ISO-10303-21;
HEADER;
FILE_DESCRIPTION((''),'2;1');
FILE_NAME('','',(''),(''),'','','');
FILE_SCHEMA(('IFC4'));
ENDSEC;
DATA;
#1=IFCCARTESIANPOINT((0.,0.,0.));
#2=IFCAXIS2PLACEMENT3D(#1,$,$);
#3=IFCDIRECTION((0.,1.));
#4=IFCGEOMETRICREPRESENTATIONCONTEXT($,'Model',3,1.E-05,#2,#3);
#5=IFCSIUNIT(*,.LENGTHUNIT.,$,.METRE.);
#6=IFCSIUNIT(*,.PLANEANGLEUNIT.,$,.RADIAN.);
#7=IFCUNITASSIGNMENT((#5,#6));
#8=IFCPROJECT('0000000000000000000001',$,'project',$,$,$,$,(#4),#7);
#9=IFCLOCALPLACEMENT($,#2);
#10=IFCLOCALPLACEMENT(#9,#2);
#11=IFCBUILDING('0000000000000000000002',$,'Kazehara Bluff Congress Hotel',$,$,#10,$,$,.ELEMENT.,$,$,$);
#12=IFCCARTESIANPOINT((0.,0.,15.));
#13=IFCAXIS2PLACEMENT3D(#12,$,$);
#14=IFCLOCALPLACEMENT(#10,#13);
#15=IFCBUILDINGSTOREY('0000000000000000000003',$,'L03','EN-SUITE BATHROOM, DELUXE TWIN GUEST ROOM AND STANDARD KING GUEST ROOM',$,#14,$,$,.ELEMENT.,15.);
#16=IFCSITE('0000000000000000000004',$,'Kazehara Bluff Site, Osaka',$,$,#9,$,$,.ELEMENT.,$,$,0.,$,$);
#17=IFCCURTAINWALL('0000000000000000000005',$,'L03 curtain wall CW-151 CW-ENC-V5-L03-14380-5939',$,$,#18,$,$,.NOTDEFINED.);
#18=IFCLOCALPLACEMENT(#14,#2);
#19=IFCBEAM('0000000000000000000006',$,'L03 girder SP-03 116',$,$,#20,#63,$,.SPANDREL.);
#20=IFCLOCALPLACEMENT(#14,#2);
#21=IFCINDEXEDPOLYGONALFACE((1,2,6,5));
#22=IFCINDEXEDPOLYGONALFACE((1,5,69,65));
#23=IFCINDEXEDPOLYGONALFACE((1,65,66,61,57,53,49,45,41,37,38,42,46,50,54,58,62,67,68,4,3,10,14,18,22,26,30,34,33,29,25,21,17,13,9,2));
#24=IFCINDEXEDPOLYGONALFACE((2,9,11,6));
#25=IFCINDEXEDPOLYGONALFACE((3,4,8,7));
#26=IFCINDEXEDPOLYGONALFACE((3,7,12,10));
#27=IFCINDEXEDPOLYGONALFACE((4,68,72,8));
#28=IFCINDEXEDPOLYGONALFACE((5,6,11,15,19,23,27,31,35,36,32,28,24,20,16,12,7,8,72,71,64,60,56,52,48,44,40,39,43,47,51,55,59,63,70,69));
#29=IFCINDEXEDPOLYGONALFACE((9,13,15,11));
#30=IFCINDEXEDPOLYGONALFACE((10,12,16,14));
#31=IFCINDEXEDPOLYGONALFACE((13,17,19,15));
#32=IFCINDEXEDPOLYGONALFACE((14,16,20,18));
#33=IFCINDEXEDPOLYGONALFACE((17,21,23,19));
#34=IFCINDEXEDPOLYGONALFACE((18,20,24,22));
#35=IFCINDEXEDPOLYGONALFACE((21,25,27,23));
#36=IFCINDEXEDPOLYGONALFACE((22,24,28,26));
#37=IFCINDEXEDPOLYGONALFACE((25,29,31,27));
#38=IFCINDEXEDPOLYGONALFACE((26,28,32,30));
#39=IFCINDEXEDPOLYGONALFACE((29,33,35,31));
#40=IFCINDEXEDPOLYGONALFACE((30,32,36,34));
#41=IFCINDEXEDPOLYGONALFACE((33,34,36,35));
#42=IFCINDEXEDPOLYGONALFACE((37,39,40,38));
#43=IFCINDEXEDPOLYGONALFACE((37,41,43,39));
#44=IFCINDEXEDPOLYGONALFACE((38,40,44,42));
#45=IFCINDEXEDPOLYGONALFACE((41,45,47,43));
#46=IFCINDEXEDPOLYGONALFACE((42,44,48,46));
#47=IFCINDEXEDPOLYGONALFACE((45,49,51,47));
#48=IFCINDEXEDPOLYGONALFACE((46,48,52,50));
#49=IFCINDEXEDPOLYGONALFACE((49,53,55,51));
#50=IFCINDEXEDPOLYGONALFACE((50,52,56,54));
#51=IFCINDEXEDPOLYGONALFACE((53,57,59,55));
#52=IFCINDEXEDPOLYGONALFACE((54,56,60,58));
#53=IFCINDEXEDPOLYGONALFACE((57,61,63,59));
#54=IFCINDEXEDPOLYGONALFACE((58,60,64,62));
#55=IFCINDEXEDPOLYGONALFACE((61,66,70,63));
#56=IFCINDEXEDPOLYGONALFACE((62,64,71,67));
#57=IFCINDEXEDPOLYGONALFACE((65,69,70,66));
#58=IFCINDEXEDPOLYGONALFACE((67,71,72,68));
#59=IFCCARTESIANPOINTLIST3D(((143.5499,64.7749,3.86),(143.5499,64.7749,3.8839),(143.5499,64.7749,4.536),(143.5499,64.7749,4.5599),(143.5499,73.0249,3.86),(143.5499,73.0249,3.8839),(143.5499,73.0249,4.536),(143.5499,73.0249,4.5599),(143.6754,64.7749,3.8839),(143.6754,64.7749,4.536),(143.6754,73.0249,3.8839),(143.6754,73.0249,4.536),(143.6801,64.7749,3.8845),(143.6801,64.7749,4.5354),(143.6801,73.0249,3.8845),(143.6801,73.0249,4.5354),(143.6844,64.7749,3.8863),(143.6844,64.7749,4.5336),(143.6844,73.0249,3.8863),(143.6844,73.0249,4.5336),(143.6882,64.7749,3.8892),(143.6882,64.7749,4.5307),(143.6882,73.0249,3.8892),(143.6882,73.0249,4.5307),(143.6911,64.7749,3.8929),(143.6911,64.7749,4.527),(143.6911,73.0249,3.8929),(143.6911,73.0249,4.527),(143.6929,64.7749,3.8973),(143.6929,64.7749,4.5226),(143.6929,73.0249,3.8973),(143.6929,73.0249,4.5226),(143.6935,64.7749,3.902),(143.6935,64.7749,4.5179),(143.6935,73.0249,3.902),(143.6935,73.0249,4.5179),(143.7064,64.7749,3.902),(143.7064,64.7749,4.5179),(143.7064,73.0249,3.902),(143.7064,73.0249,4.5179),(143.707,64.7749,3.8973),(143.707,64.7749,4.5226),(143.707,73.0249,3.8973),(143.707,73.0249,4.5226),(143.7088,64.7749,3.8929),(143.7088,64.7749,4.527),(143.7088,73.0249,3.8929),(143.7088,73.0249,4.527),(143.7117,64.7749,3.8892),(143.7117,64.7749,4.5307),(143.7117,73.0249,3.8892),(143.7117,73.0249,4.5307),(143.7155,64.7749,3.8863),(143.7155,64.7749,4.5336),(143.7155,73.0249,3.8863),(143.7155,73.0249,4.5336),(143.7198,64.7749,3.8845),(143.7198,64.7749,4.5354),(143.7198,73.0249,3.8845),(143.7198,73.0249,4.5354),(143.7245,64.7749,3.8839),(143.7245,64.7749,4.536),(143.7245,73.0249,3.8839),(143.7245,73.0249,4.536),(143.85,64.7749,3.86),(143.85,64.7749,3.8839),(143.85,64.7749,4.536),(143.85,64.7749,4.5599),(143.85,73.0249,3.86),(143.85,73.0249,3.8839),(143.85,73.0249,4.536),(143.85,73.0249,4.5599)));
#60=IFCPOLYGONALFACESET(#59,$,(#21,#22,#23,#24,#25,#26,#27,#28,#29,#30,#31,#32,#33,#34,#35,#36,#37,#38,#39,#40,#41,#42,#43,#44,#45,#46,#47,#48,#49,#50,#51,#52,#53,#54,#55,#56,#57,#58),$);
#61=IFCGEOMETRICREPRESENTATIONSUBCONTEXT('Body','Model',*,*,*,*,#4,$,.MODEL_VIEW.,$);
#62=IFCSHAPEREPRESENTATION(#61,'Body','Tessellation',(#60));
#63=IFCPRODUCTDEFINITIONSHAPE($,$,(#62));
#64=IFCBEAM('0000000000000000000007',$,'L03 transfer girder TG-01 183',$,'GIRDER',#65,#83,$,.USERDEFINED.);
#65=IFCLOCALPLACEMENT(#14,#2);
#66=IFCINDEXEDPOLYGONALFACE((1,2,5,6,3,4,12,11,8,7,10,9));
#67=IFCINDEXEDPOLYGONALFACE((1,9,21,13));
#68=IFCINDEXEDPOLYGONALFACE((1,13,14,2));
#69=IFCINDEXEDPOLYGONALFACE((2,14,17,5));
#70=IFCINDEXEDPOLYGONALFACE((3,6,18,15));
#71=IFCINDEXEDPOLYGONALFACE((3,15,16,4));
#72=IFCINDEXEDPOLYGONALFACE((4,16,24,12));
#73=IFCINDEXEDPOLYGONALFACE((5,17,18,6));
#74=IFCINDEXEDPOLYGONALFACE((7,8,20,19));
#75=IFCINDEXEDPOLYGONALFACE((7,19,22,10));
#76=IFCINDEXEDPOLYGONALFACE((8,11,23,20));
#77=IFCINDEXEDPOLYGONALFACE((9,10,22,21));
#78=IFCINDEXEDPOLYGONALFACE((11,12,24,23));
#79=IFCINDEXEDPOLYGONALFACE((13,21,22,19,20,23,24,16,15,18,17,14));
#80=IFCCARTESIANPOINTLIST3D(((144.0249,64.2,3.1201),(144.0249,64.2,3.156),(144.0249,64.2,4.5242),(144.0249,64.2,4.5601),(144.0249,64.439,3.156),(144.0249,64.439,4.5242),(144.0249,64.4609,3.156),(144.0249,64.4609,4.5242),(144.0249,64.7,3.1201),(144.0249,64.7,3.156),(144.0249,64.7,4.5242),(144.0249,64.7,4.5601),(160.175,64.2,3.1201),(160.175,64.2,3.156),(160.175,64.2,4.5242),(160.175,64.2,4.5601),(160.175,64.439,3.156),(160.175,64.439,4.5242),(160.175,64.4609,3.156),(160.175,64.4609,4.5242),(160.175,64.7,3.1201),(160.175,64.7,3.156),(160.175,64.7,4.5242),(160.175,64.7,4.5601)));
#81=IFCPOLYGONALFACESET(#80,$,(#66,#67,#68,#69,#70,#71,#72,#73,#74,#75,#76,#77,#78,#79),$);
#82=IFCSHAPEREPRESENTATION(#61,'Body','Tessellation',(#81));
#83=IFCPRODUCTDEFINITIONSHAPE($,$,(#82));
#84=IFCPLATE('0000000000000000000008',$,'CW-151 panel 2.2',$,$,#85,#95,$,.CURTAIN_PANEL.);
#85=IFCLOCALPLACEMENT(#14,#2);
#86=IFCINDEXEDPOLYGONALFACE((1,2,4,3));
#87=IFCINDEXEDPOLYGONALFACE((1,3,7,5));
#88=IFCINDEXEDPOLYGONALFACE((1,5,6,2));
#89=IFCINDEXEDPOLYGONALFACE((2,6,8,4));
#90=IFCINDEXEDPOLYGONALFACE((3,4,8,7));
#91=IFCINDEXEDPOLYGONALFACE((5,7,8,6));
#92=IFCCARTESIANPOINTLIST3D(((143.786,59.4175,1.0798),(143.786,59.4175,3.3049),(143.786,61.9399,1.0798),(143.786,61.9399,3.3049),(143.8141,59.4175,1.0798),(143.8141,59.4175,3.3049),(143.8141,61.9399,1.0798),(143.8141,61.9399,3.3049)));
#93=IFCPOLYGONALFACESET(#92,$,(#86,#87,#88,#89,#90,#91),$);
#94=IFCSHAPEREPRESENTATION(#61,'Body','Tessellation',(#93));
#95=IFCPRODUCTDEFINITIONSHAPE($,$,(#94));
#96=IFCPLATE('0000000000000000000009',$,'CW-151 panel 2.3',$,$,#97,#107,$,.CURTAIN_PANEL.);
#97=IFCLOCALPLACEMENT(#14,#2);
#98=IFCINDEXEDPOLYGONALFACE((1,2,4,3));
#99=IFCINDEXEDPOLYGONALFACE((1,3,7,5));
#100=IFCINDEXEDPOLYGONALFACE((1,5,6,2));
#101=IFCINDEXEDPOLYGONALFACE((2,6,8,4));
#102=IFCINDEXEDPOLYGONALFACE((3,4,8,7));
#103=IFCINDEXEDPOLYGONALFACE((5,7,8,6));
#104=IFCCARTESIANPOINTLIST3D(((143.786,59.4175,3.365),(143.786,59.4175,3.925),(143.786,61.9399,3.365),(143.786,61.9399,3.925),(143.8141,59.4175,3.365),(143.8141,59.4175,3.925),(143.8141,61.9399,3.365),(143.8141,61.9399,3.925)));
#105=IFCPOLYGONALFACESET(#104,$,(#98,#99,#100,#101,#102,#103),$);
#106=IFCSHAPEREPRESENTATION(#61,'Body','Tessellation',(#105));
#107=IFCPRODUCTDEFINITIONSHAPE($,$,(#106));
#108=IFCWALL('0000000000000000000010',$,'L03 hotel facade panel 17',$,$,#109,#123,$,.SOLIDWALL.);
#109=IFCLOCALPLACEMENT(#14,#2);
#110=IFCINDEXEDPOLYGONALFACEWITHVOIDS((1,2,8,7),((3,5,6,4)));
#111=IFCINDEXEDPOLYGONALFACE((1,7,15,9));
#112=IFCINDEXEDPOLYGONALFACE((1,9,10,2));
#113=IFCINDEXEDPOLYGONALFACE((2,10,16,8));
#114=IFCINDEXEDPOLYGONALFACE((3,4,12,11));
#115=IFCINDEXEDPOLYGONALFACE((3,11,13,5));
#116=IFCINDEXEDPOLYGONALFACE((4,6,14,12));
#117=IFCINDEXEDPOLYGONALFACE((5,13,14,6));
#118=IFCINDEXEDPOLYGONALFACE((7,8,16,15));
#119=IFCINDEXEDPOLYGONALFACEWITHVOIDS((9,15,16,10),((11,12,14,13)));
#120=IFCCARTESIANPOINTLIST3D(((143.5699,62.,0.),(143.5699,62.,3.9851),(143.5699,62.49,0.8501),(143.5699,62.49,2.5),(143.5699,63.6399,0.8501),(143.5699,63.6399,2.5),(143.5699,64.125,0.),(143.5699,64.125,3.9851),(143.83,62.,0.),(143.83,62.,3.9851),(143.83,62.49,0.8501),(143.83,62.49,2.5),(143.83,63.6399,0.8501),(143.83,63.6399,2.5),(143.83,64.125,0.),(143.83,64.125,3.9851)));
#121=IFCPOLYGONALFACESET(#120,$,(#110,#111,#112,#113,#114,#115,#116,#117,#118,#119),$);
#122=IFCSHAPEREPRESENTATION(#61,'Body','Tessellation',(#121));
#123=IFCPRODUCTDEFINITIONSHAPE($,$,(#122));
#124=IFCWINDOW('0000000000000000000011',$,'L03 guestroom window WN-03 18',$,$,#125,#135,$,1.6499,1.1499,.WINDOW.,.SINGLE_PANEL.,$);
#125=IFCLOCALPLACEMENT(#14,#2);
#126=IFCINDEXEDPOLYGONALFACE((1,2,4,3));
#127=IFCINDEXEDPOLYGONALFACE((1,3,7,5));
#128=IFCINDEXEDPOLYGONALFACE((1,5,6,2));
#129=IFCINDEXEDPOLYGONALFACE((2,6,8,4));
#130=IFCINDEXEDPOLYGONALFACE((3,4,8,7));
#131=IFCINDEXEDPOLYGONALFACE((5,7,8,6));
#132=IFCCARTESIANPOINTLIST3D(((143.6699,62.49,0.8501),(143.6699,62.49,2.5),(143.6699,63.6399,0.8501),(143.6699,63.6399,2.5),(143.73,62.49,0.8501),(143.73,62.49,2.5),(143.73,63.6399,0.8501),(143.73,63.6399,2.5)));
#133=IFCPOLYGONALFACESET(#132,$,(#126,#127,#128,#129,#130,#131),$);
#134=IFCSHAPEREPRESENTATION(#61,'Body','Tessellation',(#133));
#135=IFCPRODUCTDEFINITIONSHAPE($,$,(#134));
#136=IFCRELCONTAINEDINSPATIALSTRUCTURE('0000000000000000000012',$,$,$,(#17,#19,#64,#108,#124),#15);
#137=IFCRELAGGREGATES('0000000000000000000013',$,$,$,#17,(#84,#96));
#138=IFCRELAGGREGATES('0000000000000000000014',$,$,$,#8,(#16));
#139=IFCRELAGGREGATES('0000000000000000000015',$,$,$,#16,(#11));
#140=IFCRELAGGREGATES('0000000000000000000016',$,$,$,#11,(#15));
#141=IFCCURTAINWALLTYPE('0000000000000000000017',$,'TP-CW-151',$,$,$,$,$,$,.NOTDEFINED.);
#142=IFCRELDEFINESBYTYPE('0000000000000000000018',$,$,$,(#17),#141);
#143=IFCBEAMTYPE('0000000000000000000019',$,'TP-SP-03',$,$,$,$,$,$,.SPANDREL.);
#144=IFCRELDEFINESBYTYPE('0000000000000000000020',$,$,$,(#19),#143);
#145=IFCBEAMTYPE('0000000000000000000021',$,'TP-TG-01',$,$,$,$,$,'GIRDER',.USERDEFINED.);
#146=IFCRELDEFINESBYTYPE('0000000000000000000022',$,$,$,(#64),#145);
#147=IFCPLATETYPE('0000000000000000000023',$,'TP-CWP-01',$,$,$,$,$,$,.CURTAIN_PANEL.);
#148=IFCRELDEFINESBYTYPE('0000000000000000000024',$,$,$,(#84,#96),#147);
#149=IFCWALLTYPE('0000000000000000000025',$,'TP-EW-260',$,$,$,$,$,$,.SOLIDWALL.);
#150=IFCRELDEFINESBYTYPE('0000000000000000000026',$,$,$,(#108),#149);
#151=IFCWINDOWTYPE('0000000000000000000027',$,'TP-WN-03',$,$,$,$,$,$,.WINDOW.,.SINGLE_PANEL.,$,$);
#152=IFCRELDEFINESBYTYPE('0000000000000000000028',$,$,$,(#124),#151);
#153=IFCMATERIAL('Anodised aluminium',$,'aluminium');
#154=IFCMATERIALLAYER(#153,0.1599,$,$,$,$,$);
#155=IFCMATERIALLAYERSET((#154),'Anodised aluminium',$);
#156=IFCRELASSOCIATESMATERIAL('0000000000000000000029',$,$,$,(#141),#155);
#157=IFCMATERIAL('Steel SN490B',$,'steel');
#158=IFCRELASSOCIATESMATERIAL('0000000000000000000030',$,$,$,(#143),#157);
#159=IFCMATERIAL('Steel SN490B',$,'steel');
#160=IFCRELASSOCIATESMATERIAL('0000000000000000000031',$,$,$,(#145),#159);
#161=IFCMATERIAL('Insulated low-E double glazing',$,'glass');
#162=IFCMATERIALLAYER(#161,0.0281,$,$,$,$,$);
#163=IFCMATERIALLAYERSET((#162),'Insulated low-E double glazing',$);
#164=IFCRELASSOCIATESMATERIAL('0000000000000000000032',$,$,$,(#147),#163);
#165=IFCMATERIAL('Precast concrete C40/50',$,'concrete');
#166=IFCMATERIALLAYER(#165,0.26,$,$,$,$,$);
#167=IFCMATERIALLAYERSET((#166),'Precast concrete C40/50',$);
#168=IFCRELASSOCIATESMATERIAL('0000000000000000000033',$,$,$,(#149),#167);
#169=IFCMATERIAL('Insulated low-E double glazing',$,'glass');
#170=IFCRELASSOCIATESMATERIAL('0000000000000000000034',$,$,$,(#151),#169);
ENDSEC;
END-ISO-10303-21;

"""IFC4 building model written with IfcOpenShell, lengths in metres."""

from ifc_helpers import new_model, si_unit, direction, frame, frame_2d, origin, origin_2d, place, context, subcontext, project, spatial, rectangle, i_section, extrude, material, layer, layer_set, material_profile, profile_set, type_object, element, fill, aggregate, save


model = new_model("IFC4")

# Units and contexts
model_context = context("Model", 3, precision=1e-05, world=origin(), true_north=direction((0.0, 1.0)))
body_context = subcontext(model_context, "Body", "Model", "MODEL_VIEW")
ifc_project = project(units=[si_unit("LENGTHUNIT", "METRE"), si_unit("PLANEANGLEUNIT", "RADIAN")], contexts=[model_context])

# Site, building, storey
site_placement = place(None, origin())
site = spatial("IfcSite", under=ifc_project, at=site_placement, Name="Kazehara Bluff Site, Osaka", CompositionType="ELEMENT", RefElevation=0.0)
building_placement = place(site_placement, origin())
building = spatial("IfcBuilding", under=site, at=building_placement, Name="Kazehara Bluff Congress Hotel", CompositionType="ELEMENT")
storey_placement = place(building_placement, frame((0.0, 0.0, 15.0)))
storey = spatial("IfcBuildingStorey", under=building, at=storey_placement, Name="L03", Description="EN-SUITE BATHROOM, DELUXE TWIN GUEST ROOM AND STANDARD KING GUEST ROOM", CompositionType="ELEMENT", Elevation=15.0)

# Curtain wall
ifc_material_1 = material(Name="Anodised aluminium", Category="aluminium")
ifc_layer_1 = layer(ifc_material_1, 0.1599)
ifc_layer_set_1 = layer_set([ifc_layer_1], Name="Anodised aluminium")
curtain_wall_type = type_object("IfcCurtainWallType", Name="TP-CW-151", PredefinedType="NOTDEFINED", material=ifc_layer_set_1)
curtain_wall_placement = place(storey_placement, origin())
curtain_wall = element("IfcCurtainWall", 1, at=curtain_wall_placement, inside=storey, type_object=curtain_wall_type, Name="L03 curtain wall CW-151 CW-ENC-V5-L03-14380-5939", PredefinedType="NOTDEFINED")

# Beams
ifc_material_2 = material(Name="Steel SN490B", Category="steel")
ifc_material_profile_1 = material_profile(ifc_material_2, i_section(OverallWidth=0.3, OverallDepth=0.7, WebThickness=0.0129, FlangeThickness=0.0239, FilletRadius=0.0181, at=origin_2d()))
ifc_profile_set_1 = profile_set([ifc_material_profile_1], Name="Steel SN490B")
beam_type_1 = type_object("IfcBeamType", Name="TP-SP-03", PredefinedType="SPANDREL", material=ifc_profile_set_1)
beam_1_placement = place(storey_placement, frame((143.7, 64.7749, 4.21), z_axis=(0.0, 1.0, 0.0), x_axis=(-1.0, 0.0, 0.0)))
element("IfcBeam", 2, at=beam_1_placement, inside=storey, type_object=beam_type_1, Name="L03 girder SP-03 116", PredefinedType="SPANDREL", context=body_context, shape_type="SweptSolid", body=[
    extrude(i_section(OverallWidth=0.3, OverallDepth=0.7, WebThickness=0.0129, FlangeThickness=0.0239, FilletRadius=0.0181, at=origin_2d()), origin(), (0.0, 0.0, 1.0), 8.25),
])
ifc_material_3 = material(Name="Steel SN490B", Category="steel")
ifc_material_profile_2 = material_profile(ifc_material_3, i_section(OverallWidth=0.5, OverallDepth=1.4399, WebThickness=0.022, FlangeThickness=0.0359, at=origin_2d()))
ifc_profile_set_2 = profile_set([ifc_material_profile_2], Name="Steel SN490B")
beam_type_2 = type_object("IfcBeamType", Name="TP-TG-01", ElementType="GIRDER", PredefinedType="USERDEFINED", material=ifc_profile_set_2)
beam_2_placement = place(storey_placement, frame((144.0249, 64.45, 3.8401), z_axis=(1.0, 0.0, 0.0), x_axis=(0.0, 1.0, 0.0)))
element("IfcBeam", 3, at=beam_2_placement, inside=storey, type_object=beam_type_2, Name="L03 transfer girder TG-01 183", ObjectType="GIRDER", PredefinedType="USERDEFINED", context=body_context, shape_type="SweptSolid", body=[
    extrude(i_section(OverallWidth=0.5, OverallDepth=1.4399, WebThickness=0.022, FlangeThickness=0.0359, at=origin_2d()), origin(), (0.0, 0.0, 1.0), 16.1501),
])

# Plates
ifc_material_4 = material(Name="Insulated low-E double glazing", Category="glass")
ifc_layer_2 = layer(ifc_material_4, 0.0281)
ifc_layer_set_2 = layer_set([ifc_layer_2], Name="Insulated low-E double glazing")
plate_type = type_object("IfcPlateType", Name="TP-CWP-01", PredefinedType="CURTAIN_PANEL", material=ifc_layer_set_2)
plate_1_placement = place(storey_placement, frame((143.8, 60.6787, 1.0798), z_axis=(0.0, 0.0, 1.0), x_axis=(0.0, 1.0, 0.0)))
plate_1 = element("IfcPlate", 4, at=plate_1_placement, type_object=plate_type, Name="CW-151 panel 2.2", PredefinedType="CURTAIN_PANEL", context=body_context, shape_type="SweptSolid", body=[
    extrude(rectangle(XDim=2.5225, YDim=0.0281, at=origin_2d()), origin(), (0.0, 0.0, 1.0), 2.2251),
])
plate_2_placement = place(storey_placement, frame((143.8, 60.6787, 3.365), z_axis=(0.0, 0.0, 1.0), x_axis=(0.0, 1.0, 0.0)))
plate_2 = element("IfcPlate", 5, at=plate_2_placement, type_object=plate_type, Name="CW-151 panel 2.3", PredefinedType="CURTAIN_PANEL", context=body_context, shape_type="SweptSolid", body=[
    extrude(rectangle(XDim=2.5225, YDim=0.0281, at=origin_2d()), origin(), (0.0, 0.0, 1.0), 0.5601),
])
aggregate(curtain_wall, [plate_1, plate_2])

# Wall, opening, window
ifc_material_5 = material(Name="Precast concrete C40/50", Category="concrete")
ifc_layer_3 = layer(ifc_material_5, 0.26)
ifc_layer_set_3 = layer_set([ifc_layer_3], Name="Precast concrete C40/50")
wall_type_1 = type_object("IfcWallType", Name="TP-EW-260", PredefinedType="SOLIDWALL", material=ifc_layer_set_3)
wall_1_placement = place(storey_placement, frame((143.7, 62.0, 0.0), z_axis=(0.0, 0.0, 1.0), x_axis=(0.0, 1.0, 0.0)))
wall_1 = element("IfcWall", 6, at=wall_1_placement, inside=storey, type_object=wall_type_1, Name="L03 hotel facade panel 17", PredefinedType="SOLIDWALL", context=body_context, shape_type="SweptSolid", body=[
    extrude(rectangle(XDim=2.125, YDim=0.26, at=frame_2d((1.0625, 0.0))), origin(), (0.0, 0.0, 1.0), 3.9851),
])
opening_1_placement = place(wall_1_placement, frame((0.49, 0.0, 0.8501)))
opening_1 = element("IfcOpeningElement", 7, at=opening_1_placement, cuts=wall_1, PredefinedType="OPENING", context=body_context, shape_type="SweptSolid", body=[
    extrude(rectangle(XDim=1.1499, YDim=1.6499, at=frame_2d((0.575, 0.825))), frame((0.0, 0.1399, 0.0), z_axis=(0.0, -1.0, 0.0), x_axis=(1.0, 0.0, 0.0)), (0.0, 0.0, 1.0), 0.28),
])
ifc_material_6 = material(Name="Insulated low-E double glazing", Category="glass")
window_type_1 = type_object("IfcWindowType", Name="TP-WN-03", PartitioningType="SINGLE_PANEL", PredefinedType="WINDOW", material=ifc_material_6)
window_1_placement = place(opening_1_placement, origin())
window_1 = element("IfcWindow", 8, at=window_1_placement, inside=storey, type_object=window_type_1, Name="L03 guestroom window WN-03 18", OverallHeight=1.6499, OverallWidth=1.1499, PartitioningType="SINGLE_PANEL", PredefinedType="WINDOW", context=body_context, shape_type="SweptSolid", body=[
    extrude(rectangle(XDim=1.1499, YDim=1.6499, at=frame_2d((0.575, 0.825))), frame((0.0, 0.03, 0.0), z_axis=(0.0, -1.0, 0.0), x_axis=(1.0, 0.0, 0.0)), (0.0, 0.0, 1.0), 0.0601),
])
fill(opening_1, window_1)

save(model, "model.ifc")
